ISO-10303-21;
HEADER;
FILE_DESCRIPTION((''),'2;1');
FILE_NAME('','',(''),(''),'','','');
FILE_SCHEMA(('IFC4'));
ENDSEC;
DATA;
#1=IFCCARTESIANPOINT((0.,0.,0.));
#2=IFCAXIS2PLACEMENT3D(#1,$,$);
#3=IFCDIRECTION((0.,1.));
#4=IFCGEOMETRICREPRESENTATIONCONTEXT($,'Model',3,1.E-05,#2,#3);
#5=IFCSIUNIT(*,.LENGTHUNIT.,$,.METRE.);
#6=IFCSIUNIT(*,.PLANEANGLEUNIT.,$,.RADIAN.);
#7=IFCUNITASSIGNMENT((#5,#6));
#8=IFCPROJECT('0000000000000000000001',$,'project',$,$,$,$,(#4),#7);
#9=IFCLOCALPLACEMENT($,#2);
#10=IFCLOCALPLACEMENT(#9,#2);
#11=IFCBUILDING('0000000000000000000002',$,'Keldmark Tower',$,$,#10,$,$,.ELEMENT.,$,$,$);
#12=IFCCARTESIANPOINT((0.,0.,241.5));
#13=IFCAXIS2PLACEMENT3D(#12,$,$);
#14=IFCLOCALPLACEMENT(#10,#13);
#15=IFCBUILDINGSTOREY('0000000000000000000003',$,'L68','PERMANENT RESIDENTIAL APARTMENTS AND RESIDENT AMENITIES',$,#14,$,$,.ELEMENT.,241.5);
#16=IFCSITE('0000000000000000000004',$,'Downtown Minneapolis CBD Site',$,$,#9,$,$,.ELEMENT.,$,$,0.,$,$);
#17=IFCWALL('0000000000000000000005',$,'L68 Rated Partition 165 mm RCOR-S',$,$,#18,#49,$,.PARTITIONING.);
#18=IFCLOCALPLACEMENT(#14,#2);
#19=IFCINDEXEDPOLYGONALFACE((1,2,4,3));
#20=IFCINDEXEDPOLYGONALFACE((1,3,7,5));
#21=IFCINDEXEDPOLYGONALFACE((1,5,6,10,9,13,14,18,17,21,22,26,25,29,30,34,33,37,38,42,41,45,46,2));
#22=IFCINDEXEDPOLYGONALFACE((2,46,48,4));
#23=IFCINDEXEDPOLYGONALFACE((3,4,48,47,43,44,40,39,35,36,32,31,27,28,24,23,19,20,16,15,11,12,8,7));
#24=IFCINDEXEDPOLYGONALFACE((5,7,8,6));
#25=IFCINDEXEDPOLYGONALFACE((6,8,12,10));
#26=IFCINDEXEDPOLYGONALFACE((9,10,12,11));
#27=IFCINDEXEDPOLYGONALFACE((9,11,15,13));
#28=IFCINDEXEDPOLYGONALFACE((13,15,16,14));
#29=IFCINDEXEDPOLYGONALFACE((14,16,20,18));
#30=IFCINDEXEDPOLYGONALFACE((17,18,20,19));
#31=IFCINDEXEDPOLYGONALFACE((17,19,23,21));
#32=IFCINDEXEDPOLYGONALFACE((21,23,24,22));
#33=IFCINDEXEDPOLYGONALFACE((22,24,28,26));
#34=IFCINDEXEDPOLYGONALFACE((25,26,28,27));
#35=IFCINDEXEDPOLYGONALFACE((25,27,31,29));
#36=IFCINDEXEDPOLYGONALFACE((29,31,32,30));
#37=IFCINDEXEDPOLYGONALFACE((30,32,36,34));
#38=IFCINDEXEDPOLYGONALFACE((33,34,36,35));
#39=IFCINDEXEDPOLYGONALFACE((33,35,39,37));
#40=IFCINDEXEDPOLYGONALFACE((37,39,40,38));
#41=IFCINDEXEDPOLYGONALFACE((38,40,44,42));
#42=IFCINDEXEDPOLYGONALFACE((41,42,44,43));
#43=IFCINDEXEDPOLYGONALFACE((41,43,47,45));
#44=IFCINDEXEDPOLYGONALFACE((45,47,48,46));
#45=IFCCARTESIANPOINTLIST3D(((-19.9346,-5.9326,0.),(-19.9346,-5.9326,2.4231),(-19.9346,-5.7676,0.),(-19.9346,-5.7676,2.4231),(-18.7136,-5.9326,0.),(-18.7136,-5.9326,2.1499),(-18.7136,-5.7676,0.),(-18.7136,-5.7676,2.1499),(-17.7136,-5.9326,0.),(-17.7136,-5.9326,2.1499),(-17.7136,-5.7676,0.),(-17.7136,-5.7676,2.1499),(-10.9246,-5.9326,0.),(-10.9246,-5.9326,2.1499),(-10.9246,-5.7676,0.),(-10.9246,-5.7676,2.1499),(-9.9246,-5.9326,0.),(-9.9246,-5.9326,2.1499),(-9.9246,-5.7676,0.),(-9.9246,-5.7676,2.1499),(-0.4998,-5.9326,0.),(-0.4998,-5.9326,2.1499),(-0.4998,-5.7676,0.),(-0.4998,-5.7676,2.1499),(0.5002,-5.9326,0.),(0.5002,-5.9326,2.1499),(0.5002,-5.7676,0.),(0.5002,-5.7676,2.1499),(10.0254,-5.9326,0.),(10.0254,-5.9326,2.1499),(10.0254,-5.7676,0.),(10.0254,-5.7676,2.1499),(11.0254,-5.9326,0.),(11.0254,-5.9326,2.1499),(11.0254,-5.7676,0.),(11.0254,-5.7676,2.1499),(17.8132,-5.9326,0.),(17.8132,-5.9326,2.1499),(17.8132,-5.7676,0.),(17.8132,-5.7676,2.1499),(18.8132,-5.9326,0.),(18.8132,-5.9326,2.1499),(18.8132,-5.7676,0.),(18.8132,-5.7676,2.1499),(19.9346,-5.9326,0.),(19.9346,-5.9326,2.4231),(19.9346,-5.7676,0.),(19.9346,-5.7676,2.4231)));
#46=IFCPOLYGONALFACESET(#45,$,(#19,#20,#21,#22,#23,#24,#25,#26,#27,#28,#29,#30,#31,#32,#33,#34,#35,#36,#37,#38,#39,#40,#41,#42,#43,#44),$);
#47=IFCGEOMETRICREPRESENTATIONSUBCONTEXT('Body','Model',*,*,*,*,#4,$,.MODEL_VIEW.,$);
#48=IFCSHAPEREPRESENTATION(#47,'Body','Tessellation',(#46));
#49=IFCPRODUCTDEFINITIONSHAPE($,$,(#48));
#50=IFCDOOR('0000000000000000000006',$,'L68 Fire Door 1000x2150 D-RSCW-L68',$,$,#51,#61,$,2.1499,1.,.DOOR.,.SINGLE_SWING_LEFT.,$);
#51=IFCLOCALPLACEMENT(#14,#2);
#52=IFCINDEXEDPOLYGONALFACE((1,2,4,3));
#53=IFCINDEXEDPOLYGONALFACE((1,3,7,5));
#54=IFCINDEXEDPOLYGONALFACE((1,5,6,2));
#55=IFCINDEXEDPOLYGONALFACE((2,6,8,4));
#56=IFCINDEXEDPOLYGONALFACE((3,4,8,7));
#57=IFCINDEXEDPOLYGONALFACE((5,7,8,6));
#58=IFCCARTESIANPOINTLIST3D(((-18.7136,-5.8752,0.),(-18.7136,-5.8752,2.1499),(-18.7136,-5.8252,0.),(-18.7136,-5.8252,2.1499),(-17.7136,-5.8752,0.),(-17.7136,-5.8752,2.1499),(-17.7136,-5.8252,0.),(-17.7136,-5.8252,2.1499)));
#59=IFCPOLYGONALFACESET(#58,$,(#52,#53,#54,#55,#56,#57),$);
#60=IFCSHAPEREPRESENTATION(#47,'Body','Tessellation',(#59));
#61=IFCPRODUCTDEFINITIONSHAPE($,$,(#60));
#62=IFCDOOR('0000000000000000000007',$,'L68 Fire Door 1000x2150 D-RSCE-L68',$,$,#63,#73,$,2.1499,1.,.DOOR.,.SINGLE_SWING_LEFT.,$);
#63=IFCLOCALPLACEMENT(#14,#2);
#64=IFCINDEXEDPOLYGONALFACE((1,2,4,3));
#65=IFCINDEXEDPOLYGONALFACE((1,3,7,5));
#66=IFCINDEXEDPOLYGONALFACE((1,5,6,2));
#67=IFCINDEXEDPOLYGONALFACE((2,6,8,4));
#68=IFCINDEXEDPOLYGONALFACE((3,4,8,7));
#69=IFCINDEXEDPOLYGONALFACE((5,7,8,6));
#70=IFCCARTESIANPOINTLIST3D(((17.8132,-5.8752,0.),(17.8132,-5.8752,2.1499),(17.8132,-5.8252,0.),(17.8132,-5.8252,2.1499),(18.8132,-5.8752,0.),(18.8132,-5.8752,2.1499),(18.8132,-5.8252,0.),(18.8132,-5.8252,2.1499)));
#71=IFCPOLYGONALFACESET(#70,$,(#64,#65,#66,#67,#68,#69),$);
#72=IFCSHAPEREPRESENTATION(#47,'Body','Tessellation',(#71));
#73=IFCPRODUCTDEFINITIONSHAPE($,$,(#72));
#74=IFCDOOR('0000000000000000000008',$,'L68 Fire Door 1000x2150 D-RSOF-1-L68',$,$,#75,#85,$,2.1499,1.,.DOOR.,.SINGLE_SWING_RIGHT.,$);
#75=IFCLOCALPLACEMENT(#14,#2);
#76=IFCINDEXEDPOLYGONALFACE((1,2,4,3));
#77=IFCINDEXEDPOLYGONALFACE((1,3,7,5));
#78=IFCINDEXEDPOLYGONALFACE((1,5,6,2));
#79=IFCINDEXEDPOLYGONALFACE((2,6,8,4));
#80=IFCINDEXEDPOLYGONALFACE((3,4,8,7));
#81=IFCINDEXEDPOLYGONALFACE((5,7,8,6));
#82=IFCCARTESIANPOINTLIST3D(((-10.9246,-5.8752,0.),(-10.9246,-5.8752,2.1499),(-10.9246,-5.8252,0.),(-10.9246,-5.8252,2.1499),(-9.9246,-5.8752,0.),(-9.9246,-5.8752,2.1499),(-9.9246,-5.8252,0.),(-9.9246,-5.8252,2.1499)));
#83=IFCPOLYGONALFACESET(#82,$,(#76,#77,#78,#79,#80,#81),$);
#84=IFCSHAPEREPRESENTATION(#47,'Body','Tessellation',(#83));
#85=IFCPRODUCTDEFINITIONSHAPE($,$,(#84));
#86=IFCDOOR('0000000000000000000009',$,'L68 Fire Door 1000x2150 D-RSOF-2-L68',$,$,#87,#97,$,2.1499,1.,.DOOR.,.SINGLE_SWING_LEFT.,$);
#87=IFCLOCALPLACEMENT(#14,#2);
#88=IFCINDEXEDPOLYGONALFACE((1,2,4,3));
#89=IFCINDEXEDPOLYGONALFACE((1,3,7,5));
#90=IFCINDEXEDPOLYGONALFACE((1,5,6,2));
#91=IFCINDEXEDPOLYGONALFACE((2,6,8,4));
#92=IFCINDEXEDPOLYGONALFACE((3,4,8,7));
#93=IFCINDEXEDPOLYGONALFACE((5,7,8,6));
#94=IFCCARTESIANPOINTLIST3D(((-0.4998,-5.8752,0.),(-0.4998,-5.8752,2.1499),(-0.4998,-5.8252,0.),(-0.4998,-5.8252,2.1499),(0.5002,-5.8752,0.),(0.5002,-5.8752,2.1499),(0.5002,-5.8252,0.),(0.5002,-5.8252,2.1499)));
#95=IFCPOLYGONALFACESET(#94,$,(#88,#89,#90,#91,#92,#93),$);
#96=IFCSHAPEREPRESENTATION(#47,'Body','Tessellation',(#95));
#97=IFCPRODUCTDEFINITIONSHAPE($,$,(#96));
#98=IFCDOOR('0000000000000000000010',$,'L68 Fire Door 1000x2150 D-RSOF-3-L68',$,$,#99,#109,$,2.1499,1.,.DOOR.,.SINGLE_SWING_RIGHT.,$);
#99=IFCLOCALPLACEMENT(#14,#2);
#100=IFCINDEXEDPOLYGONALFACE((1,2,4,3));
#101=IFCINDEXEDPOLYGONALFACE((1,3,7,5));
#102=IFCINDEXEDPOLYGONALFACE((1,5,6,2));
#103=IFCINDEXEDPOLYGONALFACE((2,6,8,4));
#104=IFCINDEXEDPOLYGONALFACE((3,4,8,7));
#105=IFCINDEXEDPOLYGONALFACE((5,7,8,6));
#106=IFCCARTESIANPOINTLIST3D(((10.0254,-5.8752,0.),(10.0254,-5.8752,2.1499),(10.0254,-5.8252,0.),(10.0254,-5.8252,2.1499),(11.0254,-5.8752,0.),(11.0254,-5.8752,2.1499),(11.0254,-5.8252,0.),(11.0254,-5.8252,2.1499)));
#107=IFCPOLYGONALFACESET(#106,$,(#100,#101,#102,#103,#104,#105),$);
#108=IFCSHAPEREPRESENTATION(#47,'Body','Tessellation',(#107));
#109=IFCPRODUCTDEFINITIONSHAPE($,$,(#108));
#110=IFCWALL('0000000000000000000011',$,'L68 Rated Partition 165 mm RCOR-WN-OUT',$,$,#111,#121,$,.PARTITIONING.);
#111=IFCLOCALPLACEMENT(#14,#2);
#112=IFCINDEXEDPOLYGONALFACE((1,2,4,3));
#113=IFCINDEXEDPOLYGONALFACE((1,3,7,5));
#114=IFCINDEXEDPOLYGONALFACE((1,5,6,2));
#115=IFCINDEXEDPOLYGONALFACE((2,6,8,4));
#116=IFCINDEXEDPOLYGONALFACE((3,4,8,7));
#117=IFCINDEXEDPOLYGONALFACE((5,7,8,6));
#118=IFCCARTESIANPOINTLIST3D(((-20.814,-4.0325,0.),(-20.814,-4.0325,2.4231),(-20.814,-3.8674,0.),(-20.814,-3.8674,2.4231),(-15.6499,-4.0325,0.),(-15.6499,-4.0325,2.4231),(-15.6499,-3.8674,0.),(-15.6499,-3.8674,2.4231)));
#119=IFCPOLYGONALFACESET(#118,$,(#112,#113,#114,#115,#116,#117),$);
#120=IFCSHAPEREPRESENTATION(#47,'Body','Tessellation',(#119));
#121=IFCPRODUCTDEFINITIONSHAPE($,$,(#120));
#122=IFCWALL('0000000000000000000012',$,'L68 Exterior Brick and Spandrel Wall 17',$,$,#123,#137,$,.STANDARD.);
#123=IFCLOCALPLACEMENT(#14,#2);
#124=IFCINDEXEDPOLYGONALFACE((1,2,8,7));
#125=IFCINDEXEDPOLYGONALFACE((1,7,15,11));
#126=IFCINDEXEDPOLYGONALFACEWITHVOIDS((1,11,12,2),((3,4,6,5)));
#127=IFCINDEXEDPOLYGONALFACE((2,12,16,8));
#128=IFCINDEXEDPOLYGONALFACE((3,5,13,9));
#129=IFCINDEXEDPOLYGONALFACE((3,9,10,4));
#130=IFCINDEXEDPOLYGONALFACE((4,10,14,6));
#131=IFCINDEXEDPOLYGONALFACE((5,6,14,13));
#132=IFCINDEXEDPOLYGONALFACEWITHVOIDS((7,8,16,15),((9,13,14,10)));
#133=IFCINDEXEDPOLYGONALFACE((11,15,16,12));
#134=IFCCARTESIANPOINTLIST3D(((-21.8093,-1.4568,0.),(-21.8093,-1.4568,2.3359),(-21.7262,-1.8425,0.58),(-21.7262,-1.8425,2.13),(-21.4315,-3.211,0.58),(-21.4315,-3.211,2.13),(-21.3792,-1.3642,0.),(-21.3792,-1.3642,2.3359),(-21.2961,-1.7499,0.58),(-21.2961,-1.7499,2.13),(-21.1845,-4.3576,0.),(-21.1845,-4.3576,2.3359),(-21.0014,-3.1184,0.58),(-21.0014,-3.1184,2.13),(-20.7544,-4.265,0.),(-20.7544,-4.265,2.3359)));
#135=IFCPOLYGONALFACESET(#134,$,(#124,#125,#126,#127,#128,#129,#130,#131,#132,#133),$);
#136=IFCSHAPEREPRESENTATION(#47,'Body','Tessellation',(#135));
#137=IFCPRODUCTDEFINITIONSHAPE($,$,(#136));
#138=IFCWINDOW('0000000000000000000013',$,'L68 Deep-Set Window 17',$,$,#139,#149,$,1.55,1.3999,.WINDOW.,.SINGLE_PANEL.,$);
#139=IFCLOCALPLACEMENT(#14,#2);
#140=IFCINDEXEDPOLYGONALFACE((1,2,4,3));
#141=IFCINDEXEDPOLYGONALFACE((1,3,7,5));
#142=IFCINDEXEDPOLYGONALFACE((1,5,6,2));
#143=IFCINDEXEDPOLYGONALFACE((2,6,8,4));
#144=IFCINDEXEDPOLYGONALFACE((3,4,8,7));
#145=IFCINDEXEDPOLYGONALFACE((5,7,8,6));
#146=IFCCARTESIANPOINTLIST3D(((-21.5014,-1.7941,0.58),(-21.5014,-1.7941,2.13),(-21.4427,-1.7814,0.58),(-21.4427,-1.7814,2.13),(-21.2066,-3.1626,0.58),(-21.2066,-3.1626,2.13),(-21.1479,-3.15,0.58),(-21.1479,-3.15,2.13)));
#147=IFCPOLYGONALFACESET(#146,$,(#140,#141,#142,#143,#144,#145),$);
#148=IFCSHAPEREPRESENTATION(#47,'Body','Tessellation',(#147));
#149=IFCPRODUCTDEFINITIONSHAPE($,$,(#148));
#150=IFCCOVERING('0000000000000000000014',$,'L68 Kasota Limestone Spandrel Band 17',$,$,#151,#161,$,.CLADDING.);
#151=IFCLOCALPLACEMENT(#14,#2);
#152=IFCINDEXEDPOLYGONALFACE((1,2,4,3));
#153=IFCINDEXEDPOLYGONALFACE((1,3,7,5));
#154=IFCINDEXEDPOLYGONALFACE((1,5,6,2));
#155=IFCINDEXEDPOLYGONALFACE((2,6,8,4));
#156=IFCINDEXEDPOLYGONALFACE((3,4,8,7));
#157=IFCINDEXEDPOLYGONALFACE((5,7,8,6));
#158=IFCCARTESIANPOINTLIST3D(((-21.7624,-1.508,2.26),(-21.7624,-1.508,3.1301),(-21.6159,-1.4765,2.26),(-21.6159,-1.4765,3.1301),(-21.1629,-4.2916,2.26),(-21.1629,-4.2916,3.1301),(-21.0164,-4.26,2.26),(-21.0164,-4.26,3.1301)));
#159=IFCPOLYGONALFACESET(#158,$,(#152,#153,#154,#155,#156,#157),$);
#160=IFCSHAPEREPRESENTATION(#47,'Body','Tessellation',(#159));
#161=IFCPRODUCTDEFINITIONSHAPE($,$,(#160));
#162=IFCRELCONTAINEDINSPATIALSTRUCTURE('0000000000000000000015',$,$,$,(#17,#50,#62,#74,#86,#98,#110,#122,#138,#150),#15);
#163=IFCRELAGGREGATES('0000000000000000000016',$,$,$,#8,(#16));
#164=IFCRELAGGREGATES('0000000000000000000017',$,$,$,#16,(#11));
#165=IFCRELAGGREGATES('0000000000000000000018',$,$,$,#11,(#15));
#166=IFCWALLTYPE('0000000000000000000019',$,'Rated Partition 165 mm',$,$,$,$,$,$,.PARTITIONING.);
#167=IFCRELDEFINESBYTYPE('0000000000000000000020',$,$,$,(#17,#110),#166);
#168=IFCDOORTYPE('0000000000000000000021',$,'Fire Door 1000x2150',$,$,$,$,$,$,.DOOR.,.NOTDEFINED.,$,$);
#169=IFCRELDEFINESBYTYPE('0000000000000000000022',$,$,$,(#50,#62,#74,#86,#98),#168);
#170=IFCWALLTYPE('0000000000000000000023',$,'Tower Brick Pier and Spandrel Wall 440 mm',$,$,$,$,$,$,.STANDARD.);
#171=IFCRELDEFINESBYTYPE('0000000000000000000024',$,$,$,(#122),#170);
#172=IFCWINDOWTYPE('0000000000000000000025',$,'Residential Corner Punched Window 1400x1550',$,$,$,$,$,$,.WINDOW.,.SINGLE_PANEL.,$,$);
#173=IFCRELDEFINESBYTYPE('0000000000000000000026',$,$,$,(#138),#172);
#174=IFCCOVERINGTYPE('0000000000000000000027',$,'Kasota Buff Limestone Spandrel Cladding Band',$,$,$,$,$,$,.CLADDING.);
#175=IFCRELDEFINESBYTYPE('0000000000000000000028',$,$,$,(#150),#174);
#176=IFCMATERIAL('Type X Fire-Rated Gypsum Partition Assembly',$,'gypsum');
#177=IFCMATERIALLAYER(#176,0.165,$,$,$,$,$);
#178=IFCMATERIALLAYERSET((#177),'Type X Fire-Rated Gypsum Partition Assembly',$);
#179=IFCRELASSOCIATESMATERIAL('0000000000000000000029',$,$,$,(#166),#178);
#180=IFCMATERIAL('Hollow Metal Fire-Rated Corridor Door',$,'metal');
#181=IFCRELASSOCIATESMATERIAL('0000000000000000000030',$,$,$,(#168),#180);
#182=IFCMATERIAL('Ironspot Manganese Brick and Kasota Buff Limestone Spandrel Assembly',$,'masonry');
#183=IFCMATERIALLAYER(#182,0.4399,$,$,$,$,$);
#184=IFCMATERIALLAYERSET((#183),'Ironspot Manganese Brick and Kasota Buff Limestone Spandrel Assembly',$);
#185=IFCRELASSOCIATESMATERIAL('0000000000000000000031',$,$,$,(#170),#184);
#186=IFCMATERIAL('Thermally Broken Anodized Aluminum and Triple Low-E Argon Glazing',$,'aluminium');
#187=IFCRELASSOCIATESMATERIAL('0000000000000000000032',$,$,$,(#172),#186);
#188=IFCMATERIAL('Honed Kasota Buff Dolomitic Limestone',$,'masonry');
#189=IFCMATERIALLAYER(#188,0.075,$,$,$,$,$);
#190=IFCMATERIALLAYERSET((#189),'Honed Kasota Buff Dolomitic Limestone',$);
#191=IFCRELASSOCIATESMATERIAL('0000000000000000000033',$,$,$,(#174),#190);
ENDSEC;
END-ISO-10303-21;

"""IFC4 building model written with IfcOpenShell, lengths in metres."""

from ifc_helpers import new_model, si_unit, direction, frame, frame_2d, origin, origin_2d, place, context, subcontext, project, spatial, rectangle, extrude, material, layer, layer_set, type_object, element, fill, save


model = new_model("IFC4")

# Units and contexts
model_context = context("Model", 3, precision=1e-05, world=origin(), true_north=direction((0.0, 1.0)))
body_context = subcontext(model_context, "Body", "Model", "MODEL_VIEW")
ifc_project = project(units=[si_unit("LENGTHUNIT", "METRE"), si_unit("PLANEANGLEUNIT", "RADIAN")], contexts=[model_context])

# Site, building, storey
site_placement = place(None, origin())
site = spatial("IfcSite", under=ifc_project, at=site_placement, Name="Downtown Minneapolis CBD Site", CompositionType="ELEMENT", RefElevation=0.0)
building_placement = place(site_placement, origin())
building = spatial("IfcBuilding", under=site, at=building_placement, Name="Keldmark Tower", CompositionType="ELEMENT")
storey_placement = place(building_placement, frame((0.0, 0.0, 241.5)))
storey = spatial("IfcBuildingStorey", under=building, at=storey_placement, Name="L68", Description="PERMANENT RESIDENTIAL APARTMENTS AND RESIDENT AMENITIES", CompositionType="ELEMENT", Elevation=241.5)

# Wall, openings, doors
ifc_material_1 = material(Name="Type X Fire-Rated Gypsum Partition Assembly", Category="gypsum")
ifc_layer_1 = layer(ifc_material_1, 0.165)
ifc_layer_set_1 = layer_set([ifc_layer_1], Name="Type X Fire-Rated Gypsum Partition Assembly")
wall_type_1 = type_object("IfcWallType", Name="Rated Partition 165 mm", PredefinedType="PARTITIONING", material=ifc_layer_set_1)
wall_1_placement = place(storey_placement, frame((-19.9346, -5.8501, 0.0), z_axis=(0.0, 0.0, 1.0), x_axis=(1.0, 0.0, 0.0)))
wall_1 = element("IfcWall", 1, at=wall_1_placement, inside=storey, type_object=wall_type_1, Name="L68 Rated Partition 165 mm RCOR-S", PredefinedType="PARTITIONING", context=body_context, shape_type="SweptSolid", body=[
    extrude(rectangle(XDim=39.8691, YDim=0.165, at=frame_2d((19.9346, 0.0))), origin(), (0.0, 0.0, 1.0), 2.4231),
])
opening_1_placement = place(wall_1_placement, frame((1.2209, 0.0, 0.0)))
opening_1 = element("IfcOpeningElement", 2, at=opening_1_placement, cuts=wall_1, PredefinedType="OPENING", context=body_context, shape_type="SweptSolid", body=[
    extrude(rectangle(XDim=1.0, YDim=2.1499, at=frame_2d((0.5, 1.075))), frame((0.0, 0.0925, 0.0), z_axis=(0.0, -1.0, 0.0), x_axis=(1.0, 0.0, 0.0)), (0.0, 0.0, 1.0), 0.1851),
])
opening_2_placement = place(wall_1_placement, frame((37.7478, 0.0, 0.0)))
opening_2 = element("IfcOpeningElement", 3, at=opening_2_placement, cuts=wall_1, PredefinedType="OPENING", context=body_context, shape_type="SweptSolid", body=[
    extrude(rectangle(XDim=1.0, YDim=2.1499, at=frame_2d((0.5, 1.075))), frame((0.0, 0.0925, 0.0), z_axis=(0.0, -1.0, 0.0), x_axis=(1.0, 0.0, 0.0)), (0.0, 0.0, 1.0), 0.1851),
])
opening_3_placement = place(wall_1_placement, frame((9.01, 0.0, 0.0)))
opening_3 = element("IfcOpeningElement", 4, at=opening_3_placement, cuts=wall_1, PredefinedType="OPENING", context=body_context, shape_type="SweptSolid", body=[
    extrude(rectangle(XDim=1.0, YDim=2.1499, at=frame_2d((0.5, 1.075))), frame((0.0, 0.0925, 0.0), z_axis=(0.0, -1.0, 0.0), x_axis=(1.0, 0.0, 0.0)), (0.0, 0.0, 1.0), 0.1851),
])
opening_4_placement = place(wall_1_placement, frame((19.4348, 0.0, 0.0)))
opening_4 = element("IfcOpeningElement", 5, at=opening_4_placement, cuts=wall_1, PredefinedType="OPENING", context=body_context, shape_type="SweptSolid", body=[
    extrude(rectangle(XDim=1.0, YDim=2.1499, at=frame_2d((0.5, 1.075))), frame((0.0, 0.0925, 0.0), z_axis=(0.0, -1.0, 0.0), x_axis=(1.0, 0.0, 0.0)), (0.0, 0.0, 1.0), 0.1851),
])
opening_5_placement = place(wall_1_placement, frame((29.96, 0.0, 0.0)))
opening_5 = element("IfcOpeningElement", 6, at=opening_5_placement, cuts=wall_1, PredefinedType="OPENING", context=body_context, shape_type="SweptSolid", body=[
    extrude(rectangle(XDim=1.0, YDim=2.1499, at=frame_2d((0.5, 1.075))), frame((0.0, 0.0925, 0.0), z_axis=(0.0, -1.0, 0.0), x_axis=(1.0, 0.0, 0.0)), (0.0, 0.0, 1.0), 0.1851),
])
ifc_material_2 = material(Name="Hollow Metal Fire-Rated Corridor Door", Category="metal")
door_type_1 = type_object("IfcDoorType", Name="Fire Door 1000x2150", OperationType="NOTDEFINED", PredefinedType="DOOR", material=ifc_material_2)
door_1_placement = place(opening_1_placement, origin())
door_1 = element("IfcDoor", 7, at=door_1_placement, inside=storey, type_object=door_type_1, Name="L68 Fire Door 1000x2150 D-RSCW-L68", OperationType="SINGLE_SWING_LEFT", OverallHeight=2.1499, OverallWidth=1.0, PredefinedType="DOOR", context=body_context, shape_type="SweptSolid", body=[
    extrude(rectangle(XDim=1.0, YDim=2.1499, at=frame_2d((0.5, 1.075))), frame((0.0, 0.0249, 0.0), z_axis=(0.0, -1.0, 0.0), x_axis=(1.0, 0.0, 0.0)), (0.0, 0.0, 1.0), 0.05),
])
fill(opening_1, door_1)
door_2_placement = place(opening_2_placement, origin())
door_2 = element("IfcDoor", 8, at=door_2_placement, inside=storey, type_object=door_type_1, Name="L68 Fire Door 1000x2150 D-RSCE-L68", OperationType="SINGLE_SWING_LEFT", OverallHeight=2.1499, OverallWidth=1.0, PredefinedType="DOOR", context=body_context, shape_type="SweptSolid", body=[
    extrude(rectangle(XDim=1.0, YDim=2.1499, at=frame_2d((0.5, 1.075))), frame((0.0, 0.0249, 0.0), z_axis=(0.0, -1.0, 0.0), x_axis=(1.0, 0.0, 0.0)), (0.0, 0.0, 1.0), 0.05),
])
fill(opening_2, door_2)
door_3_placement = place(opening_3_placement, origin())
door_3 = element("IfcDoor", 9, at=door_3_placement, inside=storey, type_object=door_type_1, Name="L68 Fire Door 1000x2150 D-RSOF-1-L68", OperationType="SINGLE_SWING_RIGHT", OverallHeight=2.1499, OverallWidth=1.0, PredefinedType="DOOR", context=body_context, shape_type="SweptSolid", body=[
    extrude(rectangle(XDim=1.0, YDim=2.1499, at=frame_2d((0.5, 1.075))), frame((0.0, 0.0249, 0.0), z_axis=(0.0, -1.0, 0.0), x_axis=(1.0, 0.0, 0.0)), (0.0, 0.0, 1.0), 0.05),
])
fill(opening_3, door_3)
door_4_placement = place(opening_4_placement, origin())
door_4 = element("IfcDoor", 10, at=door_4_placement, inside=storey, type_object=door_type_1, Name="L68 Fire Door 1000x2150 D-RSOF-2-L68", OperationType="SINGLE_SWING_LEFT", OverallHeight=2.1499, OverallWidth=1.0, PredefinedType="DOOR", context=body_context, shape_type="SweptSolid", body=[
    extrude(rectangle(XDim=1.0, YDim=2.1499, at=frame_2d((0.5, 1.075))), frame((0.0, 0.0249, 0.0), z_axis=(0.0, -1.0, 0.0), x_axis=(1.0, 0.0, 0.0)), (0.0, 0.0, 1.0), 0.05),
])
fill(opening_4, door_4)
door_5_placement = place(opening_5_placement, origin())
door_5 = element("IfcDoor", 11, at=door_5_placement, inside=storey, type_object=door_type_1, Name="L68 Fire Door 1000x2150 D-RSOF-3-L68", OperationType="SINGLE_SWING_RIGHT", OverallHeight=2.1499, OverallWidth=1.0, PredefinedType="DOOR", context=body_context, shape_type="SweptSolid", body=[
    extrude(rectangle(XDim=1.0, YDim=2.1499, at=frame_2d((0.5, 1.075))), frame((0.0, 0.0249, 0.0), z_axis=(0.0, -1.0, 0.0), x_axis=(1.0, 0.0, 0.0)), (0.0, 0.0, 1.0), 0.05),
])
fill(opening_5, door_5)

# Wall
wall_2_placement = place(storey_placement, frame((-20.814, -3.95, 0.0), z_axis=(0.0, 0.0, 1.0), x_axis=(1.0, 0.0, 0.0)))
element("IfcWall", 12, at=wall_2_placement, inside=storey, type_object=wall_type_1, Name="L68 Rated Partition 165 mm RCOR-WN-OUT", PredefinedType="PARTITIONING", context=body_context, shape_type="SweptSolid", body=[
    extrude(rectangle(XDim=5.1641, YDim=0.165, at=frame_2d((2.582, 0.0))), origin(), (0.0, 0.0, 1.0), 2.4231),
])

# Wall, opening, window
ifc_material_3 = material(Name="Ironspot Manganese Brick and Kasota Buff Limestone Spandrel Assembly", Category="masonry")
ifc_layer_2 = layer(ifc_material_3, 0.4399)
ifc_layer_set_2 = layer_set([ifc_layer_2], Name="Ironspot Manganese Brick and Kasota Buff Limestone Spandrel Assembly")
wall_type_2 = type_object("IfcWallType", Name="Tower Brick Pier and Spandrel Wall 440 mm", PredefinedType="STANDARD", material=ifc_layer_set_2)
wall_3_placement = place(storey_placement, frame((-20.9695, -4.3113, 0.0), z_axis=(0.0, 0.0, 1.0), x_axis=(-0.21054, 0.977585, 0.0)))
wall_3 = element("IfcWall", 13, at=wall_3_placement, inside=storey, type_object=wall_type_2, Name="L68 Exterior Brick and Spandrel Wall 17", PredefinedType="STANDARD", context=body_context, shape_type="SweptSolid", body=[
    extrude(rectangle(XDim=2.9673, YDim=0.4399, at=frame_2d((1.4836, 0.0))), origin(), (0.0, 0.0, 1.0), 2.3359),
])
opening_6_placement = place(wall_3_placement, frame((1.1729, 0.0, 0.5801)))
opening_6 = element("IfcOpeningElement", 14, at=opening_6_placement, cuts=wall_3, PredefinedType="OPENING", context=body_context, shape_type="SweptSolid", body=[
    extrude(rectangle(XDim=1.3999, YDim=1.55, at=frame_2d((0.7, 0.7749))), frame((0.0, 0.23, 0.0), z_axis=(0.0, -1.0, 0.0), x_axis=(1.0, 0.0, 0.0)), (0.0, 0.0, 1.0), 0.46),
])
ifc_material_4 = material(Name="Thermally Broken Anodized Aluminum and Triple Low-E Argon Glazing", Category="aluminium")
window_type = type_object("IfcWindowType", Name="Residential Corner Punched Window 1400x1550", PartitioningType="SINGLE_PANEL", PredefinedType="WINDOW", material=ifc_material_4)
window_placement = place(opening_6_placement, origin())
window = element("IfcWindow", 15, at=window_placement, inside=storey, type_object=window_type, Name="L68 Deep-Set Window 17", OverallHeight=1.55, OverallWidth=1.3999, PartitioningType="SINGLE_PANEL", PredefinedType="WINDOW", context=body_context, shape_type="SweptSolid", body=[
    extrude(rectangle(XDim=1.3999, YDim=1.55, at=frame_2d((0.7, 0.7749))), frame((0.0, -0.01, 0.0), z_axis=(0.0, -1.0, 0.0), x_axis=(1.0, 0.0, 0.0)), (0.0, 0.0, 1.0), 0.0601),
])
fill(opening_6, window)

# Covering
ifc_material_5 = material(Name="Honed Kasota Buff Dolomitic Limestone", Category="masonry")
ifc_layer_3 = layer(ifc_material_5, 0.075)
ifc_layer_set_3 = layer_set([ifc_layer_3], Name="Honed Kasota Buff Dolomitic Limestone")
covering_type = type_object("IfcCoveringType", Name="Kasota Buff Limestone Spandrel Cladding Band", PredefinedType="CLADDING", material=ifc_layer_set_3)
covering_placement = place(storey_placement, frame((-21.3894, -2.884, 2.26), z_axis=(0.0, 0.0, 1.0), x_axis=(0.21054, -0.977585, 0.0)))
element("IfcCovering", 16, at=covering_placement, inside=storey, type_object=covering_type, Name="L68 Kasota Limestone Spandrel Band 17", PredefinedType="CLADDING", context=body_context, shape_type="SweptSolid", body=[
    extrude(rectangle(XDim=2.8474, YDim=0.1499, at=origin_2d()), origin(), (0.0, 0.0, 1.0), 0.8701),
])

save(model, "model.ifc")
